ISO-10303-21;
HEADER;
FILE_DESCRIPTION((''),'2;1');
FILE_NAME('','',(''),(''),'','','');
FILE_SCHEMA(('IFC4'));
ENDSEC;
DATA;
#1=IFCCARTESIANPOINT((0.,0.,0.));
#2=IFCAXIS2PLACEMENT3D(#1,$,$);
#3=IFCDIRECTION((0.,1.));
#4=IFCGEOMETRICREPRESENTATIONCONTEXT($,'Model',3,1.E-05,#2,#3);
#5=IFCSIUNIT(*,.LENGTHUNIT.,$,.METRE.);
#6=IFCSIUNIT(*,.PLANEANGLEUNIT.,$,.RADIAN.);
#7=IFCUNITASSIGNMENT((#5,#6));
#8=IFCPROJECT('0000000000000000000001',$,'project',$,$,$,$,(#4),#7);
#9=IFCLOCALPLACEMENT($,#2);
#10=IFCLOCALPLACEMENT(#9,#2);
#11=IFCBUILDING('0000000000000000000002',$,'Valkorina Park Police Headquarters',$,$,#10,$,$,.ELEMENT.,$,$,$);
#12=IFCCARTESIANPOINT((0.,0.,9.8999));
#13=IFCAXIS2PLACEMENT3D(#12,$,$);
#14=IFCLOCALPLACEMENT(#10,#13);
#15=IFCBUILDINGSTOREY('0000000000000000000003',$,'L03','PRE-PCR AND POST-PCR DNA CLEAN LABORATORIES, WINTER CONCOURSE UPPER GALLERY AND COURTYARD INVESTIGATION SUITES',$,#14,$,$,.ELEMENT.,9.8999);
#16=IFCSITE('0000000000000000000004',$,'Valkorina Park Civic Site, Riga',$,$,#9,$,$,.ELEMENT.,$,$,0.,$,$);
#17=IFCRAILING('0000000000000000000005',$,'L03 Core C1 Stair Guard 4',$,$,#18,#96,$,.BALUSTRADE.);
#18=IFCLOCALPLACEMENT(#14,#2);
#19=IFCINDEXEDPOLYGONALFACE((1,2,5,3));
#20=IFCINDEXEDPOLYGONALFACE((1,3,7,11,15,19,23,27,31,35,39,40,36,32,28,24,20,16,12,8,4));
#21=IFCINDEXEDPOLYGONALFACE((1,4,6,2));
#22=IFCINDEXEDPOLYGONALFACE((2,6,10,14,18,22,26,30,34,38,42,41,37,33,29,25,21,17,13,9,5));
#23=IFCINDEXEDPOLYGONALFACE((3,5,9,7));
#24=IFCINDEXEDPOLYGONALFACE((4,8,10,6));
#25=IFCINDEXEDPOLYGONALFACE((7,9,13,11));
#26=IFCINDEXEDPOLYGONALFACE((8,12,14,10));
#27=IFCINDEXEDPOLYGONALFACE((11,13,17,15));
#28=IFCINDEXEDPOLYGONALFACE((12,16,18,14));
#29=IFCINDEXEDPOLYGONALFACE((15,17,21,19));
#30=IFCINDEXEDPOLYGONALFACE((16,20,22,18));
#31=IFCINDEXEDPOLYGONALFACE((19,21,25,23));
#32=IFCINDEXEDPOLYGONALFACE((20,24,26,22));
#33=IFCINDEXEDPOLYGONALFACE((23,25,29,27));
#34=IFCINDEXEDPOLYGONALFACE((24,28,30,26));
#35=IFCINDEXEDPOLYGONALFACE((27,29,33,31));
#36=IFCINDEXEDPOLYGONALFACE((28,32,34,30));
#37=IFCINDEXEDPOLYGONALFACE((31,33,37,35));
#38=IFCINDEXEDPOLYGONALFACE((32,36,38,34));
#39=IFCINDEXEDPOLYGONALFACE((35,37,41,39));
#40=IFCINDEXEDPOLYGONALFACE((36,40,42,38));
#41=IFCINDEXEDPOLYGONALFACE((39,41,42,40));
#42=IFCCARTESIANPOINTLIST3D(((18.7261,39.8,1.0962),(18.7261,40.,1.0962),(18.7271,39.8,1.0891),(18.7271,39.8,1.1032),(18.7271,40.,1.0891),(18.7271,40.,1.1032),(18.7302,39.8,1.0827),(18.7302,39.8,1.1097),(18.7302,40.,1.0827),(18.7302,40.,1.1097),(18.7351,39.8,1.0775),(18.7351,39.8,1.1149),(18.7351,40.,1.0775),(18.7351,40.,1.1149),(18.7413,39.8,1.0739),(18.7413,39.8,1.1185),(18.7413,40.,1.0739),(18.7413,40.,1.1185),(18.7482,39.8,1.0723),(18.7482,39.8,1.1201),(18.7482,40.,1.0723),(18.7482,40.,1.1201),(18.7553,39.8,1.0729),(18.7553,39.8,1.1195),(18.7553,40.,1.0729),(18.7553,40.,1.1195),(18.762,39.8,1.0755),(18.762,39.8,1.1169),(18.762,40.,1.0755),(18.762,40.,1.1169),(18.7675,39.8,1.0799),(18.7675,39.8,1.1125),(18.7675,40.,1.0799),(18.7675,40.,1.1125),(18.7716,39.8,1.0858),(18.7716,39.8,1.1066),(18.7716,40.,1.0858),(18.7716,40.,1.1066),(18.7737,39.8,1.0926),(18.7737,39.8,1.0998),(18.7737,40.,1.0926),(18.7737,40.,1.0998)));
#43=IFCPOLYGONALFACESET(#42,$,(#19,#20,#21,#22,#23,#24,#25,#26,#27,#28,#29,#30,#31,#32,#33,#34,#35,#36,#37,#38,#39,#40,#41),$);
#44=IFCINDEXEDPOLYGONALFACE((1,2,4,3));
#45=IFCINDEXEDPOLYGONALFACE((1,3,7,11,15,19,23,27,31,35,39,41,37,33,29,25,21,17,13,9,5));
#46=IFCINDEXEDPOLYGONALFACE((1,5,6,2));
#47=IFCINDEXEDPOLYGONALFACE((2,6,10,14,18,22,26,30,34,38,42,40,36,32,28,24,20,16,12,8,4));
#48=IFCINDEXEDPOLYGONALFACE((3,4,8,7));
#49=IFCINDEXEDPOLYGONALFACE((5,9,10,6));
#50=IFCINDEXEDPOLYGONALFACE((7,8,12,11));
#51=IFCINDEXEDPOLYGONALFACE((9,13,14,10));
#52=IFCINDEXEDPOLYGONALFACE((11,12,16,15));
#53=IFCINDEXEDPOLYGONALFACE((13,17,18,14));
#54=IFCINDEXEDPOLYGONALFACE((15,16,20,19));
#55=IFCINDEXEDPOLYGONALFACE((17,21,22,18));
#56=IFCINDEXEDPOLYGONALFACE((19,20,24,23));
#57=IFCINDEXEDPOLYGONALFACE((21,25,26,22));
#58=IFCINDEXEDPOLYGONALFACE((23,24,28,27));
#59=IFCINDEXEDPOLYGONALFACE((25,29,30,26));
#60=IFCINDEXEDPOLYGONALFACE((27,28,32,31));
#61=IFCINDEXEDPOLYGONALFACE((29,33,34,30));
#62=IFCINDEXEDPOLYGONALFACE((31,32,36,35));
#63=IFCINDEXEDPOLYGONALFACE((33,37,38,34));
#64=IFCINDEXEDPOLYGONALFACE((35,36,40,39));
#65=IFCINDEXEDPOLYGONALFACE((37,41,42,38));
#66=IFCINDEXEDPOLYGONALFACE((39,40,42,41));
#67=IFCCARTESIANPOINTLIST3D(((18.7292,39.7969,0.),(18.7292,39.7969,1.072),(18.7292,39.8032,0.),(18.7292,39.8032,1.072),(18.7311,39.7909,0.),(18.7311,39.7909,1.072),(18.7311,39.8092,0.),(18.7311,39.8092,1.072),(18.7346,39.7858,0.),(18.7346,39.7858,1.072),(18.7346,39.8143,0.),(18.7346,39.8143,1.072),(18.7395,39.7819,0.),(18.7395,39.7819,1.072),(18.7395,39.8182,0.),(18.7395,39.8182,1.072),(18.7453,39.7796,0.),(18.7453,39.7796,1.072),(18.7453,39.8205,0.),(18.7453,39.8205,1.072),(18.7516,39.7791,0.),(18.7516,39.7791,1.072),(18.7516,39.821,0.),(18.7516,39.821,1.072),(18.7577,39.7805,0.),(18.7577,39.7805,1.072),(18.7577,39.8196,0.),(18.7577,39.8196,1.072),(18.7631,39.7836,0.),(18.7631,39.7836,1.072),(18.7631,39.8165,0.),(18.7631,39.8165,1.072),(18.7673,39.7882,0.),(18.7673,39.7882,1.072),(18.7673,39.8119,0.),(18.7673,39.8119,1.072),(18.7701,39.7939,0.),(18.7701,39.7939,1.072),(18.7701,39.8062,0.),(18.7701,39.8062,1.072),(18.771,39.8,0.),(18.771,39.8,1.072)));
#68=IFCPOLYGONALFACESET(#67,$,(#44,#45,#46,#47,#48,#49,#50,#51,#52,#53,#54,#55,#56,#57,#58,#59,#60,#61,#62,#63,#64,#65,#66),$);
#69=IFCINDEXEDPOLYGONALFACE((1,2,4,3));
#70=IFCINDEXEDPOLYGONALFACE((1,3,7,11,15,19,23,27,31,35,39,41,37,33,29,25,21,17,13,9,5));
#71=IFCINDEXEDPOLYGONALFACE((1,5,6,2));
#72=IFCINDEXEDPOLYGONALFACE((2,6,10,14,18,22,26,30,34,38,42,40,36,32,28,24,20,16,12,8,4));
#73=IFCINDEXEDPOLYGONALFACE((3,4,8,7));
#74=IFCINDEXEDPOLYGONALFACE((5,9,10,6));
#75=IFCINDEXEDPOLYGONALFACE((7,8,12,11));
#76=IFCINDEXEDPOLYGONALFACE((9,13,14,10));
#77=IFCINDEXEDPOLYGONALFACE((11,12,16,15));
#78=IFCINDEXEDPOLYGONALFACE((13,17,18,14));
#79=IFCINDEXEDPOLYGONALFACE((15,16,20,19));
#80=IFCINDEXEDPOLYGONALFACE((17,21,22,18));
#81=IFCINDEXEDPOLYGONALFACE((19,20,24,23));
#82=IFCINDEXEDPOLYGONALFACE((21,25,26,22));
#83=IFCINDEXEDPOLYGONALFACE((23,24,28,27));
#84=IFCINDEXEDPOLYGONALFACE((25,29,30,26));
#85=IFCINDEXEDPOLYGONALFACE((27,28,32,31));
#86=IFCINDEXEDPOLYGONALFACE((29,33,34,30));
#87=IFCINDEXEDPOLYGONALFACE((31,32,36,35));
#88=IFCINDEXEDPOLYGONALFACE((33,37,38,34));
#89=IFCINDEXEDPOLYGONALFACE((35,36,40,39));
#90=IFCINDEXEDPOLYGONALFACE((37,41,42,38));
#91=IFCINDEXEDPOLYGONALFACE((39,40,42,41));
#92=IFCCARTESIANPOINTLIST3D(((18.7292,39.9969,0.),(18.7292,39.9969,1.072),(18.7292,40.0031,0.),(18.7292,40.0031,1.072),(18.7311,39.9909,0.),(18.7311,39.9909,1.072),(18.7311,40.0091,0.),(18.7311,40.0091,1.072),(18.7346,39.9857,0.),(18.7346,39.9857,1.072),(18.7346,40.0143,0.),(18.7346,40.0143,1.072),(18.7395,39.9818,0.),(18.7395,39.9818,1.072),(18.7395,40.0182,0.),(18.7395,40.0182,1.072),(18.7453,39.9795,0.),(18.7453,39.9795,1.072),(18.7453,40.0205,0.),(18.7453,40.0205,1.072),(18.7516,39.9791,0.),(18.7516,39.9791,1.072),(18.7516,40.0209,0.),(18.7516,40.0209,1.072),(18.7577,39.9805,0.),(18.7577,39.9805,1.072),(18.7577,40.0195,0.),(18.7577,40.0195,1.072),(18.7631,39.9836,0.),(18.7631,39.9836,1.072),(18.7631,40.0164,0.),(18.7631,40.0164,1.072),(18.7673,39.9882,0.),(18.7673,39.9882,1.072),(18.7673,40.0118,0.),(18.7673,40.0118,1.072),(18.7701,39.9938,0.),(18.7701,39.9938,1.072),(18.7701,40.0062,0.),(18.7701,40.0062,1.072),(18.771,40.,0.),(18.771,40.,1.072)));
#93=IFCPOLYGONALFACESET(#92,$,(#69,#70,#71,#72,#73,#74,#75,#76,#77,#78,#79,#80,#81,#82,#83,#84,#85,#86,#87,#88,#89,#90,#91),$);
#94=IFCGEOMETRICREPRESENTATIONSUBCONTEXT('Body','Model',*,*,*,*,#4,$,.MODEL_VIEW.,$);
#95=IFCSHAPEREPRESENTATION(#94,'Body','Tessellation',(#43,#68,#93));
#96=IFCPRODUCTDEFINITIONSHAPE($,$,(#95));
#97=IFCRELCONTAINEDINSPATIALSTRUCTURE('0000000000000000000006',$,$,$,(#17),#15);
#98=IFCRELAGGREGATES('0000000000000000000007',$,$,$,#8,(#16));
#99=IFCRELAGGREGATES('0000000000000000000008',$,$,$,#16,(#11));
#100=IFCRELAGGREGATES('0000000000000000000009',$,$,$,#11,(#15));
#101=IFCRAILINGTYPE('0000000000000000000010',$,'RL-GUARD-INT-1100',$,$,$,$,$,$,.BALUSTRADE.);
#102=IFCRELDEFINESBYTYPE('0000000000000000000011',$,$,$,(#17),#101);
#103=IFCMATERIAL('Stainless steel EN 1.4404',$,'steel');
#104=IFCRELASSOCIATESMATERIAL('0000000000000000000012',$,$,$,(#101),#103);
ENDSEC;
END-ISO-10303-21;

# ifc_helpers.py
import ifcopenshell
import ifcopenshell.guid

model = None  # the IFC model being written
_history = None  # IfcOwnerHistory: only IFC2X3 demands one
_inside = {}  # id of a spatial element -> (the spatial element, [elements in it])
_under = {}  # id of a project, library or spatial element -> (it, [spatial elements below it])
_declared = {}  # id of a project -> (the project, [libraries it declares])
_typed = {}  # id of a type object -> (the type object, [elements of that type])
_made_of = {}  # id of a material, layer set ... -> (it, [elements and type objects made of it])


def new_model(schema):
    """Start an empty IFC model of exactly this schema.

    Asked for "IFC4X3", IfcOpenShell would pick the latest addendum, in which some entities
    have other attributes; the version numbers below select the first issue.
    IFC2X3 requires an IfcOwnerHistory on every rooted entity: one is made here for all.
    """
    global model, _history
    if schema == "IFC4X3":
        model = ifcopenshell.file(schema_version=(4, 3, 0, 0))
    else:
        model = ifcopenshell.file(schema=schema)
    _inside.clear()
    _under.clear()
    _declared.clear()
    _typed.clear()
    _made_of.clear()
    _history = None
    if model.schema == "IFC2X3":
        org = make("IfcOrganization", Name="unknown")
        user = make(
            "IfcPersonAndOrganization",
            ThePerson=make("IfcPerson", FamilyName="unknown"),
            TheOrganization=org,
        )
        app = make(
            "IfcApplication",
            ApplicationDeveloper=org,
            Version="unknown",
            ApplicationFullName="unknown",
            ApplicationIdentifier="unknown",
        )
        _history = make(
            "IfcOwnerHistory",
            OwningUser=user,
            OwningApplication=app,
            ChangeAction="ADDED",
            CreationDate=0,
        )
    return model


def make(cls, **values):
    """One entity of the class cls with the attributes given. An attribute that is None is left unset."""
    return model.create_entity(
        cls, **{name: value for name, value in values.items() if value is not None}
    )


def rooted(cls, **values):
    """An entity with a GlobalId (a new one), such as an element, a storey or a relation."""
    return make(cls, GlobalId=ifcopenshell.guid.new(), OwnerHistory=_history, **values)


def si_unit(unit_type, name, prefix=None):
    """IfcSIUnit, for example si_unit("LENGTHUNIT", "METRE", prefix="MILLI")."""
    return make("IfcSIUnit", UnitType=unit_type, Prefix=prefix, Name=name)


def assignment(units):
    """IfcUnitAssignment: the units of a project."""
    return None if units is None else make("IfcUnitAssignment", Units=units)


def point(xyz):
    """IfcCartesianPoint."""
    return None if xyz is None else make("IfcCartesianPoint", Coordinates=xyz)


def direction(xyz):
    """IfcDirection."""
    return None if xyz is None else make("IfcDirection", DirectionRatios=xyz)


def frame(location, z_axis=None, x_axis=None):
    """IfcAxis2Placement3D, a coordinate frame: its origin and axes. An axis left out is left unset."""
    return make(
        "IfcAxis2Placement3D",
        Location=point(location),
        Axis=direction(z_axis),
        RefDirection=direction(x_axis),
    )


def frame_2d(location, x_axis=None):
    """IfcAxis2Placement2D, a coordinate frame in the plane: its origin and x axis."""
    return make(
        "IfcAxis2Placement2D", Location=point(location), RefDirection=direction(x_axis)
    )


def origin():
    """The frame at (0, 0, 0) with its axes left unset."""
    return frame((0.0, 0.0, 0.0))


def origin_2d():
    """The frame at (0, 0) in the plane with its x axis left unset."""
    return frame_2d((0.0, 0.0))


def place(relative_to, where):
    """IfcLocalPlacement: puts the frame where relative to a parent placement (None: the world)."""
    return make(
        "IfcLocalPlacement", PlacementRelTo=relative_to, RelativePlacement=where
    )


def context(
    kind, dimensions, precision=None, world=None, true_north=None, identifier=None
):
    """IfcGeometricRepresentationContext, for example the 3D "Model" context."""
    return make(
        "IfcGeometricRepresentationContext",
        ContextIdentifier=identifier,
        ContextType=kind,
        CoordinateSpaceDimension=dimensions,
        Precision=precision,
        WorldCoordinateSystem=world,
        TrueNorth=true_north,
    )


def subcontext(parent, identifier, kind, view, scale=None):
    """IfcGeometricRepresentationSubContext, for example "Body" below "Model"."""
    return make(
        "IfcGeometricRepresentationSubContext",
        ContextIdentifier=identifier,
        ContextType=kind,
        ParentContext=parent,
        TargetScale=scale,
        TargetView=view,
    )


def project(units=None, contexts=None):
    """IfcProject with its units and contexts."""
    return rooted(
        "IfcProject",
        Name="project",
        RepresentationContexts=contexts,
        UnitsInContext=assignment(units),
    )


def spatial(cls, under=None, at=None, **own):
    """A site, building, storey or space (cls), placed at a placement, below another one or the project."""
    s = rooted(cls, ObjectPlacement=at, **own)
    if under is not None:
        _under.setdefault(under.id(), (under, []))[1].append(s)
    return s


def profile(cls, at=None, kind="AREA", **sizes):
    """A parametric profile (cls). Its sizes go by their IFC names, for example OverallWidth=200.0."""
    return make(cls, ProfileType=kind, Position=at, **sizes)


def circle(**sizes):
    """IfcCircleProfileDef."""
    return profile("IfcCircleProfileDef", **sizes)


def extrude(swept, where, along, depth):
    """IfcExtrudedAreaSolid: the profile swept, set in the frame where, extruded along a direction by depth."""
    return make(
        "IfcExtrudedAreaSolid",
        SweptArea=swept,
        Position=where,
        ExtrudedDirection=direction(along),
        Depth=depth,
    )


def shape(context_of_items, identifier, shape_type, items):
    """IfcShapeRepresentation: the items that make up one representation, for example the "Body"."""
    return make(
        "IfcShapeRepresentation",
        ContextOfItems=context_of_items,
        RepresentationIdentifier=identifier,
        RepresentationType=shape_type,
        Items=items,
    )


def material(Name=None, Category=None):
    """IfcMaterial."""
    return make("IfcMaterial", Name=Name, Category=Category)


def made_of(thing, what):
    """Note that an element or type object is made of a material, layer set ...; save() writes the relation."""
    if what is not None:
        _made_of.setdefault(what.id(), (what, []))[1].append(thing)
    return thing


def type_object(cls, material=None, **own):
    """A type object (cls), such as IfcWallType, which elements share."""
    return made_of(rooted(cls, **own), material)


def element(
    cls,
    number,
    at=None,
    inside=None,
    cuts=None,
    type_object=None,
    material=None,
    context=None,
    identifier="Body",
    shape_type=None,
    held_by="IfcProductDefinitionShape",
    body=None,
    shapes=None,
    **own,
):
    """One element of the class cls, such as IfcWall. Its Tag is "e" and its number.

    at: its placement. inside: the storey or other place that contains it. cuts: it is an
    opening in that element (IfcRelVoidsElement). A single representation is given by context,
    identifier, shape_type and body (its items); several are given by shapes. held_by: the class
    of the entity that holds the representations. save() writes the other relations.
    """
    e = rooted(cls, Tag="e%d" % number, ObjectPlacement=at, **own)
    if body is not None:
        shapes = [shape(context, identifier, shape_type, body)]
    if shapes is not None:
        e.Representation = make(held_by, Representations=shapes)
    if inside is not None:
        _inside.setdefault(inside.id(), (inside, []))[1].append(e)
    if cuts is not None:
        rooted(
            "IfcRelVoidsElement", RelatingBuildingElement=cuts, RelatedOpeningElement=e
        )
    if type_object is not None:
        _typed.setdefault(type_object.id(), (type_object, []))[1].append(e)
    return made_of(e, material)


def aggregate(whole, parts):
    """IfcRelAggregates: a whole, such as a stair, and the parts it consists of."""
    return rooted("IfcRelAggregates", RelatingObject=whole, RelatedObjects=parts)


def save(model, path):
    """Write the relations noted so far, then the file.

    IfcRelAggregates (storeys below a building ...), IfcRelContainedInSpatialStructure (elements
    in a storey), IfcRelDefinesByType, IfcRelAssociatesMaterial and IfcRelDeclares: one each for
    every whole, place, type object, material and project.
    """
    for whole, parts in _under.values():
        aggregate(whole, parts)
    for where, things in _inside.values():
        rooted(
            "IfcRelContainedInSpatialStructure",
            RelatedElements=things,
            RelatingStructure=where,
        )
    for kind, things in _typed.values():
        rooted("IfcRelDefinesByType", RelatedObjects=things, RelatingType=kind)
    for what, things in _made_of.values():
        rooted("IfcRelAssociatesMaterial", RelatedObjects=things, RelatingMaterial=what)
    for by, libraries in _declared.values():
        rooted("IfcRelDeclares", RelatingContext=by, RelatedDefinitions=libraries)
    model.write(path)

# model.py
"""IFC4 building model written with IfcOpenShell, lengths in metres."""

from ifc_helpers import new_model, si_unit, direction, frame, origin, origin_2d, place, context, subcontext, project, spatial, circle, extrude, material, type_object, element, save


model = new_model("IFC4")

# Units and contexts
model_context = context("Model", 3, precision=1e-05, world=origin(), true_north=direction((0.0, 1.0)))
body_context = subcontext(model_context, "Body", "Model", "MODEL_VIEW")
ifc_project = project(units=[si_unit("LENGTHUNIT", "METRE"), si_unit("PLANEANGLEUNIT", "RADIAN")], contexts=[model_context])

# Site, building, storey
site_placement = place(None, origin())
site = spatial("IfcSite", under=ifc_project, at=site_placement, Name="Valkorina Park Civic Site, Riga", CompositionType="ELEMENT", RefElevation=0.0)
building_placement = place(site_placement, origin())
building = spatial("IfcBuilding", under=site, at=building_placement, Name="Valkorina Park Police Headquarters", CompositionType="ELEMENT")
storey_placement = place(building_placement, frame((0.0, 0.0, 9.8999)))
storey = spatial("IfcBuildingStorey", under=building, at=storey_placement, Name="L03", Description="PRE-PCR AND POST-PCR DNA CLEAN LABORATORIES, WINTER CONCOURSE UPPER GALLERY AND COURTYARD INVESTIGATION SUITES", CompositionType="ELEMENT", Elevation=9.8999)

# Shared definitions
ifc_material_1 = material(Name="Stainless steel EN 1.4404", Category="steel")

# Railing
railing_type_1 = type_object("IfcRailingType", Name="RL-GUARD-INT-1100", PredefinedType="BALUSTRADE", material=ifc_material_1)
railing_1_placement = place(storey_placement, frame((18.75, 39.8, 0.0)))
element("IfcRailing", 1, at=railing_1_placement, inside=storey, type_object=railing_type_1, Name="L03 Core C1 Stair Guard 4", PredefinedType="BALUSTRADE", context=body_context, shape_type="SweptSolid", body=[
    extrude(circle(Radius=0.0239, at=origin_2d()), frame((0.0, 0.0, 1.0962), z_axis=(0.0, 1.0, 0.0), x_axis=(-1.0, 0.0, 0.0)), (0.0, 0.0, 1.0), 0.2),
    extrude(circle(Radius=0.021, at=origin_2d()), origin(), (0.0, 0.0, 1.0), 1.072),
    extrude(circle(Radius=0.021, at=origin_2d()), frame((0.0, 0.2, 0.0)), (0.0, 0.0, 1.0), 1.072),
])

save(model, "model.ifc")
